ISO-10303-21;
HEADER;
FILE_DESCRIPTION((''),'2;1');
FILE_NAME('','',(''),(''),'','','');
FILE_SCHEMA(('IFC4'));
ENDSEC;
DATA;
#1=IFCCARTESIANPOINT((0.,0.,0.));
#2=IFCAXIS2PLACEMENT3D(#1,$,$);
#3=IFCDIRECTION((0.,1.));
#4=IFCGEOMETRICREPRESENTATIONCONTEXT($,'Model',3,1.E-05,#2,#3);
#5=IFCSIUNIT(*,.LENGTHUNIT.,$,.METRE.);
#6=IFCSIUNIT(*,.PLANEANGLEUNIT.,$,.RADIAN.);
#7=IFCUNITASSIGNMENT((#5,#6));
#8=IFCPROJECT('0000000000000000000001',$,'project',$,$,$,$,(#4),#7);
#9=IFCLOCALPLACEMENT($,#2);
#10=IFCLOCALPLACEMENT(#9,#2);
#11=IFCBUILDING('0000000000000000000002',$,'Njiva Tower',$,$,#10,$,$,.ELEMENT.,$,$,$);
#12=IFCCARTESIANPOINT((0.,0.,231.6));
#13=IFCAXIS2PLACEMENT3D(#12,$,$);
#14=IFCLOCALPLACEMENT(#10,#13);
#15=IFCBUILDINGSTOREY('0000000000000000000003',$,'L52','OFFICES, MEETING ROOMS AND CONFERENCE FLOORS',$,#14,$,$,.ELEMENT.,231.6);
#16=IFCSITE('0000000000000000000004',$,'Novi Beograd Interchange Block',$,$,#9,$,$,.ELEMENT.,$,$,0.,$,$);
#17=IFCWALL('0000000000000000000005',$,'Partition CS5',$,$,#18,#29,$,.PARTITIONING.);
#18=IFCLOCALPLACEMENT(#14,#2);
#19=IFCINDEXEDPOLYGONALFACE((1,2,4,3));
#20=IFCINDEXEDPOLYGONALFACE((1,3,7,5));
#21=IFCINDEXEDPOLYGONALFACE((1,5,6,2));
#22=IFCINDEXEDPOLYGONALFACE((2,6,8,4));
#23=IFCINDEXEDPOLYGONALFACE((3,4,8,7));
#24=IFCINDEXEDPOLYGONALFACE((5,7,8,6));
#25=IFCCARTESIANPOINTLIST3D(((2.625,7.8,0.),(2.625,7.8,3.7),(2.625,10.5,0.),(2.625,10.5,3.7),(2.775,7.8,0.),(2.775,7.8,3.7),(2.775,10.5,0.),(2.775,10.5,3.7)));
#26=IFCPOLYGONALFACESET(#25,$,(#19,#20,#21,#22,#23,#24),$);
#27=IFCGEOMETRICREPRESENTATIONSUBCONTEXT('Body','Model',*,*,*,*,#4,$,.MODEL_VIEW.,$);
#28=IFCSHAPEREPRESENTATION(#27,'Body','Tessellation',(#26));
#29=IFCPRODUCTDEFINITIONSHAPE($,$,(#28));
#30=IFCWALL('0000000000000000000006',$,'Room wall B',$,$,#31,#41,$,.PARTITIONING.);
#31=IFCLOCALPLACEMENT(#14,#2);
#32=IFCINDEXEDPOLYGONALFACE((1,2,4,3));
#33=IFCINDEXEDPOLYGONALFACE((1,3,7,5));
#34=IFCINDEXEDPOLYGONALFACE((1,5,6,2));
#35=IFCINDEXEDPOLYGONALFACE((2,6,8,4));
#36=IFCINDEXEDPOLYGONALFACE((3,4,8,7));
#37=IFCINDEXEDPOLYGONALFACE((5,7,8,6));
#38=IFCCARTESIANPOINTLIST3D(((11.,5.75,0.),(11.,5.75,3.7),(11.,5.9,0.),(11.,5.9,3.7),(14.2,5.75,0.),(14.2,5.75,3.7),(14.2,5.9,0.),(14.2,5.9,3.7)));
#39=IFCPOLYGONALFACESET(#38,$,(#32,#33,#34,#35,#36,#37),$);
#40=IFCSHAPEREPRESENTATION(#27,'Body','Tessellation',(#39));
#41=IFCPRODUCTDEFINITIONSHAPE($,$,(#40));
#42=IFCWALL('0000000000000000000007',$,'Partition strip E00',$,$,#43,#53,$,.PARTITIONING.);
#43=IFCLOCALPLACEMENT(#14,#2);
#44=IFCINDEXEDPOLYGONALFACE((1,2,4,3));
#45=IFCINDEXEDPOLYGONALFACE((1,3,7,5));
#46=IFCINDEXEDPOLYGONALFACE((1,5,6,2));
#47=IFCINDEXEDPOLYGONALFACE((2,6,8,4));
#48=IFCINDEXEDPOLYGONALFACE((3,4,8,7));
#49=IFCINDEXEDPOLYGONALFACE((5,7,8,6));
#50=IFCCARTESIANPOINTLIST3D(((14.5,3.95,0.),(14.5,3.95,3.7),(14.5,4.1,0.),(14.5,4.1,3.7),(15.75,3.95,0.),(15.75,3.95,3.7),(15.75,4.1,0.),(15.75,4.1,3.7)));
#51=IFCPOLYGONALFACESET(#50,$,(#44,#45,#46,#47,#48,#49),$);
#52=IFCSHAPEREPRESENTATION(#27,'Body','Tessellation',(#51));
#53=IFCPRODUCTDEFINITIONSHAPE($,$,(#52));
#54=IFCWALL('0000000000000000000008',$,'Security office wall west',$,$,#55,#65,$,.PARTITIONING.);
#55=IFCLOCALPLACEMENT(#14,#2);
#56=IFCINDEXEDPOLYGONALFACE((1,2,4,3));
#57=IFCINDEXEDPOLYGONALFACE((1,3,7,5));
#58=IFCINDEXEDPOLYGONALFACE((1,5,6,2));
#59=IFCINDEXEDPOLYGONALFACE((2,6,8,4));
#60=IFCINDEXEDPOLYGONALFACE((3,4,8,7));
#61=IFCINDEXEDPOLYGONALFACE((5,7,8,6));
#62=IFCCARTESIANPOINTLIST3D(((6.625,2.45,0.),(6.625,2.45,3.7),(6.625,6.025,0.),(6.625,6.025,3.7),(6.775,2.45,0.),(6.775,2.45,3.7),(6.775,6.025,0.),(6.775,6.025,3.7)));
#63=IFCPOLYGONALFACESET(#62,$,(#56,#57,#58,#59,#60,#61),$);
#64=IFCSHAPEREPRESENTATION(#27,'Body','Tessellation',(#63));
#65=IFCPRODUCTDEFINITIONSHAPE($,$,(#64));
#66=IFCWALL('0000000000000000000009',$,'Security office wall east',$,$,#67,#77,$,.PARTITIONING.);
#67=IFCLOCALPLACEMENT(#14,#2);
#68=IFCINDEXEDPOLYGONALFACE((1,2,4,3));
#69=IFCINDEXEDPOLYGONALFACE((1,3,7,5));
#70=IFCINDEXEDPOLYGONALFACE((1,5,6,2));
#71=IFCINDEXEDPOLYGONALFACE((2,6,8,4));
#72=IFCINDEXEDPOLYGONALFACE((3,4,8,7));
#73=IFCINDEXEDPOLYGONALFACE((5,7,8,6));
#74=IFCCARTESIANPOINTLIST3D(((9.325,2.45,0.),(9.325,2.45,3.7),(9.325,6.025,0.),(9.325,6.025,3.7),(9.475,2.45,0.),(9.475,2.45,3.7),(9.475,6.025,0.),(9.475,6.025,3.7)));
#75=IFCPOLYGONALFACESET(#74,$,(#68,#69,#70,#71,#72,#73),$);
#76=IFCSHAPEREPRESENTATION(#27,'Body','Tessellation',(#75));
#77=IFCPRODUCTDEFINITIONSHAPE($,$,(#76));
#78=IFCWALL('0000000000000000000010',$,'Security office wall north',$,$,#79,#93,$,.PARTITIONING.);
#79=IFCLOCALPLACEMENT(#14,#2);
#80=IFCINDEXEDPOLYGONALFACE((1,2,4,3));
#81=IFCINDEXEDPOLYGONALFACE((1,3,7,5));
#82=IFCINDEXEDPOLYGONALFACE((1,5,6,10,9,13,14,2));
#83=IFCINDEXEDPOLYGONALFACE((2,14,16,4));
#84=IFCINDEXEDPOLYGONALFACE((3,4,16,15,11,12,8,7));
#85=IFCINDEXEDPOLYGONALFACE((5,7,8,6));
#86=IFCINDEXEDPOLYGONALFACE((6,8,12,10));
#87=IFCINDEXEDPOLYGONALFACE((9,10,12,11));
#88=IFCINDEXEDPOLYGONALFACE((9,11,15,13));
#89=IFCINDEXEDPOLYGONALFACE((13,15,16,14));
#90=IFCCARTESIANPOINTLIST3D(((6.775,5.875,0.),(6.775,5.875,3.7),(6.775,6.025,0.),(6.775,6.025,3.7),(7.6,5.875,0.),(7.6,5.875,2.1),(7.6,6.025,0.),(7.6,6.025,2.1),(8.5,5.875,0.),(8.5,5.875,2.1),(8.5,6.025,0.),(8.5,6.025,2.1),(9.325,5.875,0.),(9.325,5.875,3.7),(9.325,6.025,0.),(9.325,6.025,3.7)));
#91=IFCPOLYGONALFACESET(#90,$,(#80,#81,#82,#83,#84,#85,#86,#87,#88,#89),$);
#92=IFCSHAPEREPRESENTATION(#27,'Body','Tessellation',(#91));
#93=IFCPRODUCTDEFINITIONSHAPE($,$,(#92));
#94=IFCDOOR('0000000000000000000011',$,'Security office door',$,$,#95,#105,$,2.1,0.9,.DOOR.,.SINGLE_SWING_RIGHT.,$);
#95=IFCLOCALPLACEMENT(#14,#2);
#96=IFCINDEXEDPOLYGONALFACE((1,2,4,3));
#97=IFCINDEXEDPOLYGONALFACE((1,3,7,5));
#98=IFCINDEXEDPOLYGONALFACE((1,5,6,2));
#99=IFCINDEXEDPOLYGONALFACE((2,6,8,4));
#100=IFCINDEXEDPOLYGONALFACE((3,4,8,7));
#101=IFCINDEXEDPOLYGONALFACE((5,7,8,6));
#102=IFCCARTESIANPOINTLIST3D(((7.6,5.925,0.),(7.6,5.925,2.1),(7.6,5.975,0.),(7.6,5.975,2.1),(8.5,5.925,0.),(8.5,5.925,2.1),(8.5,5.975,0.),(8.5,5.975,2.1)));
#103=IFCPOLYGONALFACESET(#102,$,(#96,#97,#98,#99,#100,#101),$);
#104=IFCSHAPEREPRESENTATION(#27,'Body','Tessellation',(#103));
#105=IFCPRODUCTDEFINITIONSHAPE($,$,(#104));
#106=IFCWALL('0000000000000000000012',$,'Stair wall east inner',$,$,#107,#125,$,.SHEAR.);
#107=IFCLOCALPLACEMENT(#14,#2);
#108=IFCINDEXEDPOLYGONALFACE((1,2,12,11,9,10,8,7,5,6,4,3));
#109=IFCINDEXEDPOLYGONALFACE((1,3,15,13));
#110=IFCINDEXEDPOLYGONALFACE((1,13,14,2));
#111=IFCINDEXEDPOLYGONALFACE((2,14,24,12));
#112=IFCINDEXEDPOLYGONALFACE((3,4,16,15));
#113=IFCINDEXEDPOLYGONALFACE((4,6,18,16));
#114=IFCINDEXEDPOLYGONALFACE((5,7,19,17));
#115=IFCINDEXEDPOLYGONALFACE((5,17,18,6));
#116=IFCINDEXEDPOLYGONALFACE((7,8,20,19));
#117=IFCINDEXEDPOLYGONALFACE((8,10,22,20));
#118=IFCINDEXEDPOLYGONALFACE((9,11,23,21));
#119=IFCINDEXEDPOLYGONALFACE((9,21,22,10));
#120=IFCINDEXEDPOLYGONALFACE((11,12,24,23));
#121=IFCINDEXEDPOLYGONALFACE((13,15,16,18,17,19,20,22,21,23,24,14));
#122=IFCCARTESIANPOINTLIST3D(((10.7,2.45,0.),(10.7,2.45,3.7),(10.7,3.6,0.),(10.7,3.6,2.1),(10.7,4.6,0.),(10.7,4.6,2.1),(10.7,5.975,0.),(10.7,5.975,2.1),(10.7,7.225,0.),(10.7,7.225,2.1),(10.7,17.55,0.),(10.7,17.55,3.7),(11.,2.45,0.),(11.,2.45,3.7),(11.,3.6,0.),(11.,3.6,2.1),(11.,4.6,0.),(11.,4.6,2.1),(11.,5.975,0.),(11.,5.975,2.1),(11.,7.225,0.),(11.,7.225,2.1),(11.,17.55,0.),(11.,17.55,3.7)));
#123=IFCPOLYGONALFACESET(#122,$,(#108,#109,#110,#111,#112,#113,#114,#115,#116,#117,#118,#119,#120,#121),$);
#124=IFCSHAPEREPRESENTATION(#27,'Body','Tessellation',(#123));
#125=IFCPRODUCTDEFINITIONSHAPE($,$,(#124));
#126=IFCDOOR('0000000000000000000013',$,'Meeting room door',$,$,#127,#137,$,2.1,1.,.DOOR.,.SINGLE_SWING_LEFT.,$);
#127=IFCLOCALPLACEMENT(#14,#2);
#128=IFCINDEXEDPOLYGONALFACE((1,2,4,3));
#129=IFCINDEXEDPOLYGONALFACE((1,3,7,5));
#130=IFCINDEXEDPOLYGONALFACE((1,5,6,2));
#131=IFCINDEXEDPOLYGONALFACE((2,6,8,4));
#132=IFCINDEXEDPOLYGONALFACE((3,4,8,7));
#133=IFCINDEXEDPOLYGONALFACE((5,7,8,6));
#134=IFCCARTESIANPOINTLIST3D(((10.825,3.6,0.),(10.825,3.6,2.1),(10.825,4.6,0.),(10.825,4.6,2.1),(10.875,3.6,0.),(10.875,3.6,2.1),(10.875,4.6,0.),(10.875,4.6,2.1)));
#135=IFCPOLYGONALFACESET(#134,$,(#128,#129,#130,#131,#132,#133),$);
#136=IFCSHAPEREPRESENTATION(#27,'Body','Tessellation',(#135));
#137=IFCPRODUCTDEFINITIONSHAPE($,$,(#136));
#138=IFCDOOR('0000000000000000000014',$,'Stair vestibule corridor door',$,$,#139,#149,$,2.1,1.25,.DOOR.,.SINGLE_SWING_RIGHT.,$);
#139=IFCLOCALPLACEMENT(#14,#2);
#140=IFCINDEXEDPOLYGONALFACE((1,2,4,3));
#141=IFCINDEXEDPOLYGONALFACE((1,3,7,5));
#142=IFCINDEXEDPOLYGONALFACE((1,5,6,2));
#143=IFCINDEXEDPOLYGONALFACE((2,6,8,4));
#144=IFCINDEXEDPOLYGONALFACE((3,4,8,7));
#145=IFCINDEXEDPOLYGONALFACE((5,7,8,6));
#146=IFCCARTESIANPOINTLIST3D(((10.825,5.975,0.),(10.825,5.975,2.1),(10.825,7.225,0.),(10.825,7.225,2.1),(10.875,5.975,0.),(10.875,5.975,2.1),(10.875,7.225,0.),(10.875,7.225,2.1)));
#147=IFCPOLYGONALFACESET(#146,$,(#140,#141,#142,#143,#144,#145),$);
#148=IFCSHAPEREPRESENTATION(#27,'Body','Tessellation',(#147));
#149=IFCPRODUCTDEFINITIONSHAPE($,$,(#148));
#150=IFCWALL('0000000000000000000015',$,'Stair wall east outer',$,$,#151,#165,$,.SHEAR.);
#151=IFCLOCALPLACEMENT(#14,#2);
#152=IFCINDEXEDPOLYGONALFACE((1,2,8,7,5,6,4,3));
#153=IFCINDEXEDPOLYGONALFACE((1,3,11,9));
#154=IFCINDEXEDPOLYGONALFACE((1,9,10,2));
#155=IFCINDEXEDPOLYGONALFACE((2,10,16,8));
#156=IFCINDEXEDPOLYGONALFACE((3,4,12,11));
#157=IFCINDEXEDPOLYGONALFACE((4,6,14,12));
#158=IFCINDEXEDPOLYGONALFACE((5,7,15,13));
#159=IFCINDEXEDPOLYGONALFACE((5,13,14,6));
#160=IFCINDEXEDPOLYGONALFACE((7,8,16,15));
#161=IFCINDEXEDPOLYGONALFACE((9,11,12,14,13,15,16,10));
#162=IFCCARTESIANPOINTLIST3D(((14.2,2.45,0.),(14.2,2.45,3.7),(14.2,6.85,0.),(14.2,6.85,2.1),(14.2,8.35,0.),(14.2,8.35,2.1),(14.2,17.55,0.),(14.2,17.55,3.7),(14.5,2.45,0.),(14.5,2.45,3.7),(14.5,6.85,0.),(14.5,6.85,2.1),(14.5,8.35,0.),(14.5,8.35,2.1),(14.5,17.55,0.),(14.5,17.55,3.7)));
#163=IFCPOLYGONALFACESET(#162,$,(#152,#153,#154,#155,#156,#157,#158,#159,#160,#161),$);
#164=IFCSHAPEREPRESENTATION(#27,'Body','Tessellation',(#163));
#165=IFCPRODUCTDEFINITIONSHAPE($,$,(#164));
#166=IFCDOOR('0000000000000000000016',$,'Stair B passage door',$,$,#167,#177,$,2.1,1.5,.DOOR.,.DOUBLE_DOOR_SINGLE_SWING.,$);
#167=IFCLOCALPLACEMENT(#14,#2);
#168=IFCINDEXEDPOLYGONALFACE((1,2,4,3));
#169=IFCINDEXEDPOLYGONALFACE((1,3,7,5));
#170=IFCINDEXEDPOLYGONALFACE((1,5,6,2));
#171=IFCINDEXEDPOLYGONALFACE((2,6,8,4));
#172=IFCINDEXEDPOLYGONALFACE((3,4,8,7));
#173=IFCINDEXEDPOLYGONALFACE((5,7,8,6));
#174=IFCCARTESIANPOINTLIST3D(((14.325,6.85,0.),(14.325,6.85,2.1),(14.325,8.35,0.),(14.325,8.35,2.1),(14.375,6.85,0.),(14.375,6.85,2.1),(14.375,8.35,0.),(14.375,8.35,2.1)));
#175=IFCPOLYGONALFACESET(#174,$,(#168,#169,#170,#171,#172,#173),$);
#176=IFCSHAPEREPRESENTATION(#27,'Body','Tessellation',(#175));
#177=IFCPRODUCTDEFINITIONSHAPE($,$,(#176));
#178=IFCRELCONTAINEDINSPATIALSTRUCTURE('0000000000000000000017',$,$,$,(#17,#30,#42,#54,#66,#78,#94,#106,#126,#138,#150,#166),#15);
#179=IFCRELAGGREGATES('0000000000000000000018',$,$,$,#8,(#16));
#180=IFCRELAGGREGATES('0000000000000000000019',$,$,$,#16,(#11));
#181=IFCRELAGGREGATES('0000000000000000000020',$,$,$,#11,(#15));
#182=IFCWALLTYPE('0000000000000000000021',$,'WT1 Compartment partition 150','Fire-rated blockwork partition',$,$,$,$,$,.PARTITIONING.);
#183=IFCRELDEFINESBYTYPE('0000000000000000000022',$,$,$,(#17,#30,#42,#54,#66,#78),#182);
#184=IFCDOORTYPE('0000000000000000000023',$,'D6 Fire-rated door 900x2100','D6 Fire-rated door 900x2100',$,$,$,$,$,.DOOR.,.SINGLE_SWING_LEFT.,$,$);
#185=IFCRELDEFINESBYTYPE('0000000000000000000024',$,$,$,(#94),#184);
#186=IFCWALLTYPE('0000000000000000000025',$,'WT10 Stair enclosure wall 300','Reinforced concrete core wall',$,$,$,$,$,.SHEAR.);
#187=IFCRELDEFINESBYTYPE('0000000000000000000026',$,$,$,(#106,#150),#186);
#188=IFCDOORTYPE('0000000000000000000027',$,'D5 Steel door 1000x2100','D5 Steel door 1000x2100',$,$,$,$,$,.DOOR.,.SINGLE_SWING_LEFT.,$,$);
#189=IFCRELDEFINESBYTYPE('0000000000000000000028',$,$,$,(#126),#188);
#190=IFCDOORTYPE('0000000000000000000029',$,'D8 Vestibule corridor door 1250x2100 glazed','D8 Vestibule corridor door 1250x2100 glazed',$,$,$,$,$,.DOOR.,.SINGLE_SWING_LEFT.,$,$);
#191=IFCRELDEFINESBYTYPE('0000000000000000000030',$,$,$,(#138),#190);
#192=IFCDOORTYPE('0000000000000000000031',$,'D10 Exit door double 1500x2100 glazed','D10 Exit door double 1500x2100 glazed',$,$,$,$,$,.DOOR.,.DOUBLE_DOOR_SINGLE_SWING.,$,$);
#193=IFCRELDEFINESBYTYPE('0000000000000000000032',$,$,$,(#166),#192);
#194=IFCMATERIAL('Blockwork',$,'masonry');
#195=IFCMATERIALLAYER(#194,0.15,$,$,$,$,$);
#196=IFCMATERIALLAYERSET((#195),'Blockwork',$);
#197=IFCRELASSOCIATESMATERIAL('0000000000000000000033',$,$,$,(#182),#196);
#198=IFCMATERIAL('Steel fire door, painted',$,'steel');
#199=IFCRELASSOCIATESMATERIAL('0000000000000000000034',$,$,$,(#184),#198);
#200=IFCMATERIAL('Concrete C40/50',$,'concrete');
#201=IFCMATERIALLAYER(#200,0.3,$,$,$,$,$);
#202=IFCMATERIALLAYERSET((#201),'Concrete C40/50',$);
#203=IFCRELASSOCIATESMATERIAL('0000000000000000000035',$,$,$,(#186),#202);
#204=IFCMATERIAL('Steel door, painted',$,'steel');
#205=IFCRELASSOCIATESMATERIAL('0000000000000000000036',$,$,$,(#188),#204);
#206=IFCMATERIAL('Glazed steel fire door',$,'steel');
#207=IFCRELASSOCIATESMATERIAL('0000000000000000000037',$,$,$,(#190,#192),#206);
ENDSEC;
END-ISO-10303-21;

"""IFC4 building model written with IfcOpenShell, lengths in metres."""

from ifc_helpers import new_model, si_unit, direction, frame, frame_2d, origin, place, context, subcontext, project, spatial, rectangle, extrude, material, layer, layer_set, type_object, element, fill, save


model = new_model("IFC4")

# Units and contexts
model_context = context("Model", 3, precision=1e-05, world=origin(), true_north=direction((0.0, 1.0)))
body_context = subcontext(model_context, "Body", "Model", "MODEL_VIEW")
ifc_project = project(units=[si_unit("LENGTHUNIT", "METRE"), si_unit("PLANEANGLEUNIT", "RADIAN")], contexts=[model_context])

# Site, building, storey
site_placement = place(None, origin())
site = spatial("IfcSite", under=ifc_project, at=site_placement, Name="Novi Beograd Interchange Block", CompositionType="ELEMENT", RefElevation=0.0)
building_placement = place(site_placement, origin())
building = spatial("IfcBuilding", under=site, at=building_placement, Name="Njiva Tower", CompositionType="ELEMENT")
storey_placement = place(building_placement, frame((0.0, 0.0, 231.6)))
storey = spatial("IfcBuildingStorey", under=building, at=storey_placement, Name="L52", Description="OFFICES, MEETING ROOMS AND CONFERENCE FLOORS", CompositionType="ELEMENT", Elevation=231.6)

# Walls
ifc_material_1 = material(Name="Blockwork", Category="masonry")
ifc_layer_1 = layer(ifc_material_1, 0.15)
ifc_layer_set_1 = layer_set([ifc_layer_1], Name="Blockwork")
wall_type_1 = type_object("IfcWallType", Name="WT1 Compartment partition 150", Description="Fire-rated blockwork partition", PredefinedType="PARTITIONING", material=ifc_layer_set_1)
wall_1_placement = place(storey_placement, frame((2.7, 7.8, 0.0), z_axis=(0.0, 0.0, 1.0), x_axis=(0.0, 1.0, 0.0)))
element("IfcWall", 1, at=wall_1_placement, inside=storey, type_object=wall_type_1, Name="Partition CS5", PredefinedType="PARTITIONING", context=body_context, shape_type="SweptSolid", body=[
    extrude(rectangle(XDim=2.7, YDim=0.15, at=frame_2d((1.35, 0.0))), origin(), (0.0, 0.0, 1.0), 3.7),
])
wall_2_placement = place(storey_placement, frame((11.0, 5.825, 0.0), z_axis=(0.0, 0.0, 1.0), x_axis=(1.0, 0.0, 0.0)))
element("IfcWall", 2, at=wall_2_placement, inside=storey, type_object=wall_type_1, Name="Room wall B", PredefinedType="PARTITIONING", context=body_context, shape_type="SweptSolid", body=[
    extrude(rectangle(XDim=3.2, YDim=0.15, at=frame_2d((1.6, 0.0))), origin(), (0.0, 0.0, 1.0), 3.7),
])
wall_3_placement = place(storey_placement, frame((14.5, 4.025, 0.0), z_axis=(0.0, 0.0, 1.0), x_axis=(1.0, 0.0, 0.0)))
element("IfcWall", 3, at=wall_3_placement, inside=storey, type_object=wall_type_1, Name="Partition strip E00", PredefinedType="PARTITIONING", context=body_context, shape_type="SweptSolid", body=[
    extrude(rectangle(XDim=1.25, YDim=0.15, at=frame_2d((0.625, 0.0))), origin(), (0.0, 0.0, 1.0), 3.7),
])
for number, where, z_axis, x_axis, name in (
    (4, (6.7, 2.45, 0.0), (0.0, 0.0, 1.0), (0.0, 1.0, 0.0), "Security office wall west"),
    (5, (9.4, 2.45, 0.0), (0.0, 0.0, 1.0), (0.0, 1.0, 0.0), "Security office wall east"),
):
    element("IfcWall", number, at=place(storey_placement, frame(where, z_axis=z_axis, x_axis=x_axis)), inside=storey, type_object=wall_type_1, Name=name, PredefinedType="PARTITIONING", context=body_context, shape_type="SweptSolid", body=[
        extrude(rectangle(XDim=3.575, YDim=0.15, at=frame_2d((1.7875, 0.0))), origin(), (0.0, 0.0, 1.0), 3.7),
    ])

# Wall, opening, door
wall_4_placement = place(storey_placement, frame((6.775, 5.95, 0.0), z_axis=(0.0, 0.0, 1.0), x_axis=(1.0, 0.0, 0.0)))
wall_4 = element("IfcWall", 6, at=wall_4_placement, inside=storey, type_object=wall_type_1, Name="Security office wall north", PredefinedType="PARTITIONING", context=body_context, shape_type="SweptSolid", body=[
    extrude(rectangle(XDim=2.55, YDim=0.15, at=frame_2d((1.275, 0.0))), origin(), (0.0, 0.0, 1.0), 3.7),
])
opening_1_placement = place(wall_4_placement, frame((0.825, 0.0, 0.0)))
opening_1 = element("IfcOpeningElement", 7, at=opening_1_placement, cuts=wall_4, PredefinedType="OPENING", context=body_context, shape_type="SweptSolid", body=[
    extrude(rectangle(XDim=0.9, YDim=2.1, at=frame_2d((0.45, 1.05))), frame((0.0, 0.085, 0.0), z_axis=(0.0, -1.0, 0.0), x_axis=(1.0, 0.0, 0.0)), (0.0, 0.0, 1.0), 0.17),
])
ifc_material_2 = material(Name="Steel fire door, painted", Category="steel")
door_type_1 = type_object("IfcDoorType", Name="D6 Fire-rated door 900x2100", Description="D6 Fire-rated door 900x2100", OperationType="SINGLE_SWING_LEFT", PredefinedType="DOOR", material=ifc_material_2)
door_1_placement = place(opening_1_placement, origin())
door_1 = element("IfcDoor", 8, at=door_1_placement, inside=storey, type_object=door_type_1, Name="Security office door", OperationType="SINGLE_SWING_RIGHT", OverallHeight=2.1, OverallWidth=0.9, PredefinedType="DOOR", context=body_context, shape_type="SweptSolid", body=[
    extrude(rectangle(XDim=0.9, YDim=2.1, at=frame_2d((0.45, 1.05))), frame((0.0, 0.025, 0.0), z_axis=(0.0, -1.0, 0.0), x_axis=(1.0, 0.0, 0.0)), (0.0, 0.0, 1.0), 0.05),
])
fill(opening_1, door_1)

# Wall, openings, doors
ifc_material_3 = material(Name="Concrete C40/50", Category="concrete")
ifc_layer_2 = layer(ifc_material_3, 0.3)
ifc_layer_set_2 = layer_set([ifc_layer_2], Name="Concrete C40/50")
wall_type_2 = type_object("IfcWallType", Name="WT10 Stair enclosure wall 300", Description="Reinforced concrete core wall", PredefinedType="SHEAR", material=ifc_layer_set_2)
wall_5_placement = place(storey_placement, frame((10.85, 2.45, 0.0), z_axis=(0.0, 0.0, 1.0), x_axis=(0.0, 1.0, 0.0)))
wall_5 = element("IfcWall", 9, at=wall_5_placement, inside=storey, type_object=wall_type_2, Name="Stair wall east inner", PredefinedType="SHEAR", context=body_context, shape_type="SweptSolid", body=[
    extrude(rectangle(XDim=15.1, YDim=0.3, at=frame_2d((7.55, 0.0))), origin(), (0.0, 0.0, 1.0), 3.7),
])
opening_2_placement = place(wall_5_placement, frame((3.525, 0.0, 0.0)))
opening_2 = element("IfcOpeningElement", 10, at=opening_2_placement, cuts=wall_5, PredefinedType="OPENING", context=body_context, shape_type="SweptSolid", body=[
    extrude(rectangle(XDim=1.25, YDim=2.1, at=frame_2d((0.625, 1.05))), frame((0.0, 0.16, 0.0), z_axis=(0.0, -1.0, 0.0), x_axis=(1.0, 0.0, 0.0)), (0.0, 0.0, 1.0), 0.32),
])
opening_3_placement = place(wall_5_placement, frame((1.15, 0.0, 0.0)))
opening_3 = element("IfcOpeningElement", 11, at=opening_3_placement, cuts=wall_5, PredefinedType="OPENING", context=body_context, shape_type="SweptSolid", body=[
    extrude(rectangle(XDim=1.0, YDim=2.1, at=frame_2d((0.5, 1.05))), frame((0.0, 0.16, 0.0), z_axis=(0.0, -1.0, 0.0), x_axis=(1.0, 0.0, 0.0)), (0.0, 0.0, 1.0), 0.32),
])
ifc_material_4 = material(Name="Steel door, painted", Category="steel")
door_type_2 = type_object("IfcDoorType", Name="D5 Steel door 1000x2100", Description="D5 Steel door 1000x2100", OperationType="SINGLE_SWING_LEFT", PredefinedType="DOOR", material=ifc_material_4)
door_2_placement = place(opening_3_placement, origin())
door_2 = element("IfcDoor", 12, at=door_2_placement, inside=storey, type_object=door_type_2, Name="Meeting room door", OperationType="SINGLE_SWING_LEFT", OverallHeight=2.1, OverallWidth=1.0, PredefinedType="DOOR", context=body_context, shape_type="SweptSolid", body=[
    extrude(rectangle(XDim=1.0, YDim=2.1, at=frame_2d((0.5, 1.05))), frame((0.0, 0.025, 0.0), z_axis=(0.0, -1.0, 0.0), x_axis=(1.0, 0.0, 0.0)), (0.0, 0.0, 1.0), 0.05),
])
fill(opening_3, door_2)
ifc_material_5 = material(Name="Glazed steel fire door", Category="steel")
door_type_3 = type_object("IfcDoorType", Name="D8 Vestibule corridor door 1250x2100 glazed", Description="D8 Vestibule corridor door 1250x2100 glazed", OperationType="SINGLE_SWING_LEFT", PredefinedType="DOOR", material=ifc_material_5)
door_3_placement = place(opening_2_placement, origin())
door_3 = element("IfcDoor", 13, at=door_3_placement, inside=storey, type_object=door_type_3, Name="Stair vestibule corridor door", OperationType="SINGLE_SWING_RIGHT", OverallHeight=2.1, OverallWidth=1.25, PredefinedType="DOOR", context=body_context, shape_type="SweptSolid", body=[
    extrude(rectangle(XDim=1.25, YDim=2.1, at=frame_2d((0.625, 1.05))), frame((0.0, 0.025, 0.0), z_axis=(0.0, -1.0, 0.0), x_axis=(1.0, 0.0, 0.0)), (0.0, 0.0, 1.0), 0.05),
])
fill(opening_2, door_3)

# Wall, opening, door
wall_6_placement = place(storey_placement, frame((14.35, 2.45, 0.0), z_axis=(0.0, 0.0, 1.0), x_axis=(0.0, 1.0, 0.0)))
wall_6 = element("IfcWall", 14, at=wall_6_placement, inside=storey, type_object=wall_type_2, Name="Stair wall east outer", PredefinedType="SHEAR", context=body_context, shape_type="SweptSolid", body=[
    extrude(rectangle(XDim=15.1, YDim=0.3, at=frame_2d((7.55, 0.0))), origin(), (0.0, 0.0, 1.0), 3.7),
])
opening_4_placement = place(wall_6_placement, frame((4.4, 0.0, 0.0)))
opening_4 = element("IfcOpeningElement", 15, at=opening_4_placement, cuts=wall_6, PredefinedType="OPENING", context=body_context, shape_type="SweptSolid", body=[
    extrude(rectangle(XDim=1.5, YDim=2.1, at=frame_2d((0.75, 1.05))), frame((0.0, 0.16, 0.0), z_axis=(0.0, -1.0, 0.0), x_axis=(1.0, 0.0, 0.0)), (0.0, 0.0, 1.0), 0.32),
])
door_type_4 = type_object("IfcDoorType", Name="D10 Exit door double 1500x2100 glazed", Description="D10 Exit door double 1500x2100 glazed", OperationType="DOUBLE_DOOR_SINGLE_SWING", PredefinedType="DOOR", material=ifc_material_5)
door_4_placement = place(opening_4_placement, origin())
door_4 = element("IfcDoor", 16, at=door_4_placement, inside=storey, type_object=door_type_4, Name="Stair B passage door", OperationType="DOUBLE_DOOR_SINGLE_SWING", OverallHeight=2.1, OverallWidth=1.5, PredefinedType="DOOR", context=body_context, shape_type="SweptSolid", body=[
    extrude(rectangle(XDim=1.5, YDim=2.1, at=frame_2d((0.75, 1.05))), frame((0.0, 0.025, 0.0), z_axis=(0.0, -1.0, 0.0), x_axis=(1.0, 0.0, 0.0)), (0.0, 0.0, 1.0), 0.05),
])
fill(opening_4, door_4)

save(model, "model.ifc")
